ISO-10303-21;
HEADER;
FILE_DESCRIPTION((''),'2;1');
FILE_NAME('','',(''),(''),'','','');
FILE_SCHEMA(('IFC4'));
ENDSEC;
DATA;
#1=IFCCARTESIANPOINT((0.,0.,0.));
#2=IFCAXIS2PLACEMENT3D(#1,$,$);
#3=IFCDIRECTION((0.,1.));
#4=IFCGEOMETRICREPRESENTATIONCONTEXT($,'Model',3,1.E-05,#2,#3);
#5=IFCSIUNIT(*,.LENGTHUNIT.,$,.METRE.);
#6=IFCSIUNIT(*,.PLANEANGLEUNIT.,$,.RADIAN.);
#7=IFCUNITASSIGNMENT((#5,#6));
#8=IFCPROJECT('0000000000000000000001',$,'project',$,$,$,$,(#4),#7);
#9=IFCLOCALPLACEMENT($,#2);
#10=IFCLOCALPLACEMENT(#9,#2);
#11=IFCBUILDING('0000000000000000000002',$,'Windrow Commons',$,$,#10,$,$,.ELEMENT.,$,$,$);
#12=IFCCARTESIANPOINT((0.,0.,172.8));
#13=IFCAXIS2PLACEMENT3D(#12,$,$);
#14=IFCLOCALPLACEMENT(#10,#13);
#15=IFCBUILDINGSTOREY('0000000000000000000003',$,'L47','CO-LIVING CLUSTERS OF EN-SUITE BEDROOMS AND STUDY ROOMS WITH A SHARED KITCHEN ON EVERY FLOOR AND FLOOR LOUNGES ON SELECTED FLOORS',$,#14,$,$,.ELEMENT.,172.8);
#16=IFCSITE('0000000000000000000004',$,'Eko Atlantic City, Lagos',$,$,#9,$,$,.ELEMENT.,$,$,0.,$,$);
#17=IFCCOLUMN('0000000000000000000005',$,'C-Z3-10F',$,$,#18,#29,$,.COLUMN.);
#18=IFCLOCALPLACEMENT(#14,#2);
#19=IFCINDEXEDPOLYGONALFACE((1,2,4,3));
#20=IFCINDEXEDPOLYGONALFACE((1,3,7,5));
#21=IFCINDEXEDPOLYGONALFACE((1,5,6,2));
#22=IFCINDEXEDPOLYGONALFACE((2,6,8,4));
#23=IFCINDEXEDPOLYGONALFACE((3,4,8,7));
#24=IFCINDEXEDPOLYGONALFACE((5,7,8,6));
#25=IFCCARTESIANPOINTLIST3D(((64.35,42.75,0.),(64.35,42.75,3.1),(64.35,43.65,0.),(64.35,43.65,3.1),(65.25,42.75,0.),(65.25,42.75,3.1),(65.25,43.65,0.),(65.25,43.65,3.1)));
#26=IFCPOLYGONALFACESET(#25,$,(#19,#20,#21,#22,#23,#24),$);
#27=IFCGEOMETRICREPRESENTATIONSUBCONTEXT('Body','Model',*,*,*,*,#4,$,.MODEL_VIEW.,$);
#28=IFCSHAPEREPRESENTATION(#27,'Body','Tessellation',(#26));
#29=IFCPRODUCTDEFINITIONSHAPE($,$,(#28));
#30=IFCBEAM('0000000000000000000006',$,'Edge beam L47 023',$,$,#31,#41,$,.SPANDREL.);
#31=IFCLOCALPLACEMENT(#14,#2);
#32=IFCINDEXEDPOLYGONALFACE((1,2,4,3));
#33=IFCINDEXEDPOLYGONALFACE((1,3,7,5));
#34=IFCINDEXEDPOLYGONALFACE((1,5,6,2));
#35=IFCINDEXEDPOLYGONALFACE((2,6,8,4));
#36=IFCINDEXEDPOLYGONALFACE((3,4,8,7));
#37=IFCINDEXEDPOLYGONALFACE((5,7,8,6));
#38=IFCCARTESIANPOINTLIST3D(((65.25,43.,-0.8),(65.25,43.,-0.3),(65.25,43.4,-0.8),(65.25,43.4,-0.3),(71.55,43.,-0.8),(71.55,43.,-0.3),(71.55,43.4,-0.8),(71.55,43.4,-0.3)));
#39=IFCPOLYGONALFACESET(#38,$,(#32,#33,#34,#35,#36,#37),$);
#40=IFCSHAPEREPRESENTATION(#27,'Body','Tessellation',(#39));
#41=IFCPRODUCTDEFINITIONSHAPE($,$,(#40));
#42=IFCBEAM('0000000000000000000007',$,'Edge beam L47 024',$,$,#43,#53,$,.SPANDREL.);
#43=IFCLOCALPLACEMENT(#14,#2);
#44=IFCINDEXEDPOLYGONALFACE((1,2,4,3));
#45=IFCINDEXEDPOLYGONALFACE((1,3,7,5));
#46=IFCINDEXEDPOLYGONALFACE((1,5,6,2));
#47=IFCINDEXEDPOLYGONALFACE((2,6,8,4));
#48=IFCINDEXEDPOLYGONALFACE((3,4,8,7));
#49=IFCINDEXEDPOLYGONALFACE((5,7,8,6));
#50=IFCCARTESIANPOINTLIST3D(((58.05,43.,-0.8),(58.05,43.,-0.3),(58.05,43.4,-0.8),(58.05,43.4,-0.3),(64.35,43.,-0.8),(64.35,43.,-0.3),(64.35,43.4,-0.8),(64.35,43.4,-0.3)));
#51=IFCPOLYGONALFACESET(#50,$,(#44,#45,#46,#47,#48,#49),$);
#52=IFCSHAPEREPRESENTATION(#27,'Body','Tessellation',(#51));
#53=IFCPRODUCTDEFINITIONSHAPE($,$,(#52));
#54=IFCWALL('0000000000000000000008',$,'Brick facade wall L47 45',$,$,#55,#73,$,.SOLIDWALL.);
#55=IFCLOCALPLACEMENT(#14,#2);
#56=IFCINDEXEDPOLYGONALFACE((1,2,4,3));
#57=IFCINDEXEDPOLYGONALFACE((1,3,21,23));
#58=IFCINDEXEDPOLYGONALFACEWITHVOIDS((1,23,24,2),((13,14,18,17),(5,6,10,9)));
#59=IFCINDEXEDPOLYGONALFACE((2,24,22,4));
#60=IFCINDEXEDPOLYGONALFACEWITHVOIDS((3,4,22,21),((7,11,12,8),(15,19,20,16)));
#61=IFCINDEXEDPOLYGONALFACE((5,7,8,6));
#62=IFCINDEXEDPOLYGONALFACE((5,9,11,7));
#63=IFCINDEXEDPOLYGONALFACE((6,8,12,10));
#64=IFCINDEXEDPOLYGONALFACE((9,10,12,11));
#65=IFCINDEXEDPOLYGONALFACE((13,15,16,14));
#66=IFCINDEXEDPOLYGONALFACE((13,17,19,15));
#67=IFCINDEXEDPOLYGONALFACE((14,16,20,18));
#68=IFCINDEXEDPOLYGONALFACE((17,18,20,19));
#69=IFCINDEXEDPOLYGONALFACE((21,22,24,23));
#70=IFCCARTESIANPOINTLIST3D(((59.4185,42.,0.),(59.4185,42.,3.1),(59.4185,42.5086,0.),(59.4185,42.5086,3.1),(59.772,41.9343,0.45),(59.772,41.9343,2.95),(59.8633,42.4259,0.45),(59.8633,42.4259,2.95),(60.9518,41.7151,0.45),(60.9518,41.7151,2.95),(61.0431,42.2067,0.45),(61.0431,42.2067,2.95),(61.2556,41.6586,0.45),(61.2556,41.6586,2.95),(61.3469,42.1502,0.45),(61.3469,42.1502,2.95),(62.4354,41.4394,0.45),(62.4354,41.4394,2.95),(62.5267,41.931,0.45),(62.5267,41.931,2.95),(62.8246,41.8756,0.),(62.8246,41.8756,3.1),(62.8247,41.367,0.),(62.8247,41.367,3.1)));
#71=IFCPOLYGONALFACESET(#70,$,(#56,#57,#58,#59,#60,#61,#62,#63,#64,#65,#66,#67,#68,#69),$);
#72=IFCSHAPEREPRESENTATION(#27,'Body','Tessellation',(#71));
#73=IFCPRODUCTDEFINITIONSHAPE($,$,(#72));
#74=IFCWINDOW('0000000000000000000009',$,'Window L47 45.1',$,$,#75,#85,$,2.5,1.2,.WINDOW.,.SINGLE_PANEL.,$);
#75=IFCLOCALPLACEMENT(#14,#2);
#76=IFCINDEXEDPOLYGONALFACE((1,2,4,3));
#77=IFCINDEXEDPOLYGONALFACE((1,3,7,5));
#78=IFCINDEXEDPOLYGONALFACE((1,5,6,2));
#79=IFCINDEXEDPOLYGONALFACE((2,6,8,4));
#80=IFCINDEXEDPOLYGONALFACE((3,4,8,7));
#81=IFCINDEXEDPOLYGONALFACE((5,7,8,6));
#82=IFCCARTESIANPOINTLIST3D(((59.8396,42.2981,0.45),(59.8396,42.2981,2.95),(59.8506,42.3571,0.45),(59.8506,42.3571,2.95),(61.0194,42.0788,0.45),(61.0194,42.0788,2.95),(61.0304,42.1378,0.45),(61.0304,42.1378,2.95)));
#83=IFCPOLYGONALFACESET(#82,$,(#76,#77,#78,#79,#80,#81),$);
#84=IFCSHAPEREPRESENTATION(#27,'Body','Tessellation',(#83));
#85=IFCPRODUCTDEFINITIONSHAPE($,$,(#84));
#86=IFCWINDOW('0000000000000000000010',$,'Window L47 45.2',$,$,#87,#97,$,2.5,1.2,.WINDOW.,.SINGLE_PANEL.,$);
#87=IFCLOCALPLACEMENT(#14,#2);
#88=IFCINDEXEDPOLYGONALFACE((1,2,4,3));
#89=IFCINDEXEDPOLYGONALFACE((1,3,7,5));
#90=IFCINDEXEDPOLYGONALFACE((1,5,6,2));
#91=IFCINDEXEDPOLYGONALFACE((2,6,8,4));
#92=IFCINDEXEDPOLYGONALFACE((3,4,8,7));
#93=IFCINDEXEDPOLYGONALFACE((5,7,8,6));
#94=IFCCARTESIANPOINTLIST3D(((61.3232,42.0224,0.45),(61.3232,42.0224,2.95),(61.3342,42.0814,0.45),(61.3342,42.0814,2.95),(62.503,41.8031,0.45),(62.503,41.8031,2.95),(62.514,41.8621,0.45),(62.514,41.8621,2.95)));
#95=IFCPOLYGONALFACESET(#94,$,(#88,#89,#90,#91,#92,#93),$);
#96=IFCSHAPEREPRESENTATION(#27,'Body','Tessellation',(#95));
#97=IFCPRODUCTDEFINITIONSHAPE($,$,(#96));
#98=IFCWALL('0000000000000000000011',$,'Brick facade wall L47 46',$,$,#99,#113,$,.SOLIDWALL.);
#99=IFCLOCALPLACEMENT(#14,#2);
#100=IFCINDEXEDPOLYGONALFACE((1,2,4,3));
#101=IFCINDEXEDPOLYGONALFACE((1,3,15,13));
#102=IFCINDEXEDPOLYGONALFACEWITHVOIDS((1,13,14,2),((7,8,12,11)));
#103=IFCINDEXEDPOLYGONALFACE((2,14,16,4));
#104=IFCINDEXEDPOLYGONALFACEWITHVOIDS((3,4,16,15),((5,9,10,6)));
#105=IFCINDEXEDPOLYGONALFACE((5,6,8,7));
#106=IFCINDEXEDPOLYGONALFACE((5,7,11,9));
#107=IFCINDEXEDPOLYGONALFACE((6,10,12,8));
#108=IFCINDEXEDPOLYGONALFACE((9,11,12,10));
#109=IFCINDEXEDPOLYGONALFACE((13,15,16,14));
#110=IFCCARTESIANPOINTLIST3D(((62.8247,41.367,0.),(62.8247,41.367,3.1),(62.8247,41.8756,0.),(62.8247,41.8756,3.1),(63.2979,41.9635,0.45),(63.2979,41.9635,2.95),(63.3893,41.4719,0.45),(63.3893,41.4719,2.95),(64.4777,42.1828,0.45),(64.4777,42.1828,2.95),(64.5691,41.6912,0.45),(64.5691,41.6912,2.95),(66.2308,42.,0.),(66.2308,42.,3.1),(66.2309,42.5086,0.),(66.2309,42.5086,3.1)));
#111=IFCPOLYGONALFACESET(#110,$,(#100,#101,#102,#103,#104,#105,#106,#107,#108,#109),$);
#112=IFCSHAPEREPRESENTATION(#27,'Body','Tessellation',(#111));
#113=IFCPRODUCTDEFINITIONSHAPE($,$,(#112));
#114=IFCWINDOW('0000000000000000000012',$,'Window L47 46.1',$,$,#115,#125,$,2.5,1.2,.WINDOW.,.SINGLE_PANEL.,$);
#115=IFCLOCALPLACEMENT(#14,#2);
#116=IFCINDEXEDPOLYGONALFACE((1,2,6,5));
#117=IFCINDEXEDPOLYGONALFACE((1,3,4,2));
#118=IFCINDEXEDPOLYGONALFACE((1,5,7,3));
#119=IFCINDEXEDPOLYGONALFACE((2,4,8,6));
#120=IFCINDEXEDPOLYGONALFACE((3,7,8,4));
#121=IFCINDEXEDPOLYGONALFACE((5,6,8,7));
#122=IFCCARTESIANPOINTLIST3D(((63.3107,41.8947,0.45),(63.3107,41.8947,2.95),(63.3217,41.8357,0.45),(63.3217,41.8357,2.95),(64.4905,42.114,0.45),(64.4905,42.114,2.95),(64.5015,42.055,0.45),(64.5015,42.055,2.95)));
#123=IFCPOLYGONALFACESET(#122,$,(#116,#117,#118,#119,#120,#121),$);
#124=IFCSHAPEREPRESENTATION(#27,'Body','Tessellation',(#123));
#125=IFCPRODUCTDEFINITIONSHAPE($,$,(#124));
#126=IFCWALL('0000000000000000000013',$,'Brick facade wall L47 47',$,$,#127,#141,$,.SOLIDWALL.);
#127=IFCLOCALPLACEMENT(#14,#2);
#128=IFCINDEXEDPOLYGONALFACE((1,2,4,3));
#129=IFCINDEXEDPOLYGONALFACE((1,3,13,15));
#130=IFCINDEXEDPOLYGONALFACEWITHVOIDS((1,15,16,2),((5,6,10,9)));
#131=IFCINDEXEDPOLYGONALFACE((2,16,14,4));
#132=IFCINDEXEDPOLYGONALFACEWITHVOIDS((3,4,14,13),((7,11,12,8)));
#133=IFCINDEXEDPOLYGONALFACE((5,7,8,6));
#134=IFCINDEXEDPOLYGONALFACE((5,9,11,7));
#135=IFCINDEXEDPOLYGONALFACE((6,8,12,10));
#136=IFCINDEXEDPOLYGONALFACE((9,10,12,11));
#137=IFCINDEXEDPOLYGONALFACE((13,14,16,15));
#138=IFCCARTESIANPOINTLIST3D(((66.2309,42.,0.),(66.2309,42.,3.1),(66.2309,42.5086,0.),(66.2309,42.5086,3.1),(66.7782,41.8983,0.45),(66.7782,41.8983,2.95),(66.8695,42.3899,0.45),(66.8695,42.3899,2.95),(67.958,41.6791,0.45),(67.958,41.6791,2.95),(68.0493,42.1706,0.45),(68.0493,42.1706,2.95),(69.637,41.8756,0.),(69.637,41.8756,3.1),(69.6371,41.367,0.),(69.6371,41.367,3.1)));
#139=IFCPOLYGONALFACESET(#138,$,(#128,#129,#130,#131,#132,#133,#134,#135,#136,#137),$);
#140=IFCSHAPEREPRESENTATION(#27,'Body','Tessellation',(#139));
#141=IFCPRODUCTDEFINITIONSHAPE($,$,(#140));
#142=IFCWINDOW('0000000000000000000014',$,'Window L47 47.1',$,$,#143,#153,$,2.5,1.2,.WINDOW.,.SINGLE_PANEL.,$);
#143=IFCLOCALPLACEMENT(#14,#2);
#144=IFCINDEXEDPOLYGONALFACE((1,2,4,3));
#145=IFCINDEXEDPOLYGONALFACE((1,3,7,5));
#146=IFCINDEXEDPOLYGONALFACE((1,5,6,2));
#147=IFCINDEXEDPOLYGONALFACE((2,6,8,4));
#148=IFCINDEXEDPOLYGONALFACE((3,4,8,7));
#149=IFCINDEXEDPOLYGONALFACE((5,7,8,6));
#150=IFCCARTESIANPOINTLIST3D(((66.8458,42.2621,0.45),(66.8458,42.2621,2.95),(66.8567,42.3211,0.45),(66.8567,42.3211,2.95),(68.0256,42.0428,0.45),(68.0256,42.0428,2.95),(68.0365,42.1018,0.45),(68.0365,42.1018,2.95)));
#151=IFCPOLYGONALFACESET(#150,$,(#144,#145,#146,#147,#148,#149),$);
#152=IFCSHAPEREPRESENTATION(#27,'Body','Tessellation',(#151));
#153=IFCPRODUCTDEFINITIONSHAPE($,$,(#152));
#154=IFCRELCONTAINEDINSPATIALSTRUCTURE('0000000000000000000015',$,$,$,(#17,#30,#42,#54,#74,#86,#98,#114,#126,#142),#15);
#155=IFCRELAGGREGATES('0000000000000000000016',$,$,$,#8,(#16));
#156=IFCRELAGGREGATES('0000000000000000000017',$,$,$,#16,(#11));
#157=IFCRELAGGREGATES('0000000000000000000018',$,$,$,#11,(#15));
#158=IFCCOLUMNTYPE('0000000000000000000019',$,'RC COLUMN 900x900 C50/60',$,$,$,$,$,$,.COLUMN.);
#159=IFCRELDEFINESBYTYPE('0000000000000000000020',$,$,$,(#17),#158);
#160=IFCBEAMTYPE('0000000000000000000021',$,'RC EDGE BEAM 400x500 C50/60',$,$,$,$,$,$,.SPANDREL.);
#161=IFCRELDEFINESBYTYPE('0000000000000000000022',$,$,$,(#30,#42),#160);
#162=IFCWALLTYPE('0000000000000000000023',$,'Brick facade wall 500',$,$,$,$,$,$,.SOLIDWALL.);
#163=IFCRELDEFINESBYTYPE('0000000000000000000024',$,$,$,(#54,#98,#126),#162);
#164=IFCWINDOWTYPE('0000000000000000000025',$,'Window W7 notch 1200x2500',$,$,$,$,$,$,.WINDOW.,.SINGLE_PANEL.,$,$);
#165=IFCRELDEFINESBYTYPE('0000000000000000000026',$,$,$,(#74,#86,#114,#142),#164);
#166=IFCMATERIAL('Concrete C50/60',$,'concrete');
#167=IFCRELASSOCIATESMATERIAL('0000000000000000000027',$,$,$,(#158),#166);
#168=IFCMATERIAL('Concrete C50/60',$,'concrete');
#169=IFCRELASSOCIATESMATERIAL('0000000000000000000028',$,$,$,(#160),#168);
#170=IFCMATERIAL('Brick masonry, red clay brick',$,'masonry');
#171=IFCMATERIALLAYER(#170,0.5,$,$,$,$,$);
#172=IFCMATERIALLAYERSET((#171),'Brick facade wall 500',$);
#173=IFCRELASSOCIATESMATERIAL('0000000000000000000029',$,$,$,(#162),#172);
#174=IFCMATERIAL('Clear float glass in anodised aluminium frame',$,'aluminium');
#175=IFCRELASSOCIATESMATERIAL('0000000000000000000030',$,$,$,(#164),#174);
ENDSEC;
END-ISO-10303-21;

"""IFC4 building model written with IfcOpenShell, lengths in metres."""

from ifc_helpers import new_model, si_unit, direction, frame, frame_2d, origin, origin_2d, place, context, subcontext, project, spatial, polyline, rectangle, outline, extrude, material, layer, layer_set, material_profile, profile_set, type_object, element, fill, save


model = new_model("IFC4")

# Units and contexts
model_context = context("Model", 3, precision=1e-05, world=origin(), true_north=direction((0.0, 1.0)))
body_context = subcontext(model_context, "Body", "Model", "MODEL_VIEW")
ifc_project = project(units=[si_unit("LENGTHUNIT", "METRE"), si_unit("PLANEANGLEUNIT", "RADIAN")], contexts=[model_context])

# Site, building, storey
site_placement = place(None, origin())
site = spatial("IfcSite", under=ifc_project, at=site_placement, Name="Eko Atlantic City, Lagos", CompositionType="ELEMENT", RefElevation=0.0)
building_placement = place(site_placement, origin())
building = spatial("IfcBuilding", under=site, at=building_placement, Name="Windrow Commons", CompositionType="ELEMENT")
storey_placement = place(building_placement, frame((0.0, 0.0, 172.8)))
storey = spatial("IfcBuildingStorey", under=building, at=storey_placement, Name="L47", Description="CO-LIVING CLUSTERS OF EN-SUITE BEDROOMS AND STUDY ROOMS WITH A SHARED KITCHEN ON EVERY FLOOR AND FLOOR LOUNGES ON SELECTED FLOORS", CompositionType="ELEMENT", Elevation=172.8)

# Column
ifc_material_1 = material(Name="Concrete C50/60", Category="concrete")
ifc_material_profile_1 = material_profile(ifc_material_1, rectangle(XDim=0.9, YDim=0.9, at=origin_2d()))
ifc_profile_set_1 = profile_set([ifc_material_profile_1], Name="Concrete C50/60")
column_type = type_object("IfcColumnType", Name="RC COLUMN 900x900 C50/60", PredefinedType="COLUMN", material=ifc_profile_set_1)
column_placement = place(storey_placement, frame((64.8, 43.2, 0.0), z_axis=(0.0, 0.0, 1.0), x_axis=(1.0, 0.0, 0.0)))
element("IfcColumn", 1, at=column_placement, inside=storey, type_object=column_type, Name="C-Z3-10F", PredefinedType="COLUMN", context=body_context, shape_type="SweptSolid", body=[
    extrude(rectangle(XDim=0.9, YDim=0.9, at=origin_2d()), origin(), (0.0, 0.0, 1.0), 3.1),
])

# Beams
ifc_material_2 = material(Name="Concrete C50/60", Category="concrete")
ifc_material_profile_2 = material_profile(ifc_material_2, rectangle(XDim=0.4, YDim=0.5, at=origin_2d()))
ifc_profile_set_2 = profile_set([ifc_material_profile_2], Name="Concrete C50/60")
beam_type = type_object("IfcBeamType", Name="RC EDGE BEAM 400x500 C50/60", PredefinedType="SPANDREL", material=ifc_profile_set_2)
for number, where, z_axis, x_axis, name in (
    (2, (71.55, 43.2, -0.55), (-1.0, 0.0, 0.0), (0.0, -1.0, 0.0), "Edge beam L47 023"),
    (3, (64.35, 43.2, -0.55), (-1.0, 0.0, 0.0), (0.0, -1.0, 0.0), "Edge beam L47 024"),
):
    element("IfcBeam", number, at=place(storey_placement, frame(where, z_axis=z_axis, x_axis=x_axis)), inside=storey, type_object=beam_type, Name=name, PredefinedType="SPANDREL", context=body_context, shape_type="SweptSolid", body=[
        extrude(rectangle(XDim=0.4, YDim=0.5, at=origin_2d()), origin(), (0.0, 0.0, 1.0), 6.3),
    ])

# Wall, openings, windows
ifc_material_3 = material(Name="Brick masonry, red clay brick", Category="masonry")
ifc_layer_1 = layer(ifc_material_3, 0.5)
ifc_layer_set_1 = layer_set([ifc_layer_1], Name="Brick facade wall 500")
wall_type_1 = type_object("IfcWallType", Name="Brick facade wall 500", PredefinedType="SOLIDWALL", material=ifc_layer_set_1)
wall_1_placement = place(storey_placement, frame((59.4185, 42.2543, 0.0), z_axis=(0.0, 0.0, 1.0), x_axis=(0.983167, -0.182709, 0.0)))
wall_1 = element("IfcWall", 4, at=wall_1_placement, inside=storey, type_object=wall_type_1, Name="Brick facade wall L47 45", PredefinedType="SOLIDWALL", context=body_context, shape_type="SweptSolid", body=[
    extrude(outline(polyline([(0.0465, -0.25), (3.511, -0.25), (3.418, 0.25), (-0.0465, 0.25), (0.0465, -0.25)])), origin(), (0.0, 0.0, 1.0), 3.1),
])
opening_1_placement = place(wall_1_placement, frame((0.406, 0.0, 0.45)))
opening_1 = element("IfcOpeningElement", 5, at=opening_1_placement, cuts=wall_1, PredefinedType="OPENING", context=body_context, shape_type="SweptSolid", body=[
    extrude(rectangle(XDim=1.2, YDim=2.5, at=frame_2d((0.6, 1.25))), frame((0.0, 0.26, 0.0), z_axis=(0.0, -1.0, 0.0), x_axis=(1.0, 0.0, 0.0)), (0.0, 0.0, 1.0), 0.52),
])
opening_2_placement = place(wall_1_placement, frame((1.915, 0.0, 0.45)))
opening_2 = element("IfcOpeningElement", 6, at=opening_2_placement, cuts=wall_1, PredefinedType="OPENING", context=body_context, shape_type="SweptSolid", body=[
    extrude(rectangle(XDim=1.2, YDim=2.5, at=frame_2d((0.6, 1.25))), frame((0.0, 0.26, 0.0), z_axis=(0.0, -1.0, 0.0), x_axis=(1.0, 0.0, 0.0)), (0.0, 0.0, 1.0), 0.52),
])
ifc_material_4 = material(Name="Clear float glass in anodised aluminium frame", Category="aluminium")
window_type = type_object("IfcWindowType", Name="Window W7 notch 1200x2500", PartitioningType="SINGLE_PANEL", PredefinedType="WINDOW", material=ifc_material_4)
window_1_placement = place(opening_1_placement, origin())
window_1 = element("IfcWindow", 7, at=window_1_placement, inside=storey, type_object=window_type, Name="Window L47 45.1", OverallHeight=2.5, OverallWidth=1.2, PartitioningType="SINGLE_PANEL", PredefinedType="WINDOW", context=body_context, shape_type="SweptSolid", body=[
    extrude(rectangle(XDim=1.2, YDim=2.5, at=frame_2d((0.6, 1.25))), frame((0.0, 0.18, 0.0), z_axis=(0.0, -1.0, 0.0), x_axis=(1.0, 0.0, 0.0)), (0.0, 0.0, 1.0), 0.06),
])
fill(opening_1, window_1)
window_2_placement = place(opening_2_placement, origin())
window_2 = element("IfcWindow", 8, at=window_2_placement, inside=storey, type_object=window_type, Name="Window L47 45.2", OverallHeight=2.5, OverallWidth=1.2, PartitioningType="SINGLE_PANEL", PredefinedType="WINDOW", context=body_context, shape_type="SweptSolid", body=[
    extrude(rectangle(XDim=1.2, YDim=2.5, at=frame_2d((0.6, 1.25))), frame((0.0, 0.18, 0.0), z_axis=(0.0, -1.0, 0.0), x_axis=(1.0, 0.0, 0.0)), (0.0, 0.0, 1.0), 0.06),
])
fill(opening_2, window_2)

# Walls, openings, windows
wall_2_placement = place(storey_placement, frame((62.8247, 41.6213, 0.0), z_axis=(0.0, 0.0, 1.0), x_axis=(0.983167, 0.182709, 0.0)))
wall_2 = element("IfcWall", 9, at=wall_2_placement, inside=storey, type_object=wall_type_1, Name="Brick facade wall L47 46", PredefinedType="SOLIDWALL", context=body_context, shape_type="SweptSolid", body=[
    extrude(outline(polyline([(-0.0465, -0.25), (3.418, -0.25), (3.511, 0.25), (0.0465, 0.25), (-0.0465, -0.25)])), origin(), (0.0, 0.0, 1.0), 3.1),
])
opening_3_placement = place(wall_2_placement, frame((0.5278, 0.0, 0.45)))
opening_3 = element("IfcOpeningElement", 10, at=opening_3_placement, cuts=wall_2, PredefinedType="OPENING", context=body_context, shape_type="SweptSolid", body=[
    extrude(rectangle(XDim=1.2, YDim=2.5, at=frame_2d((0.6, 1.25))), frame((0.0, 0.26, 0.0), z_axis=(0.0, -1.0, 0.0), x_axis=(1.0, 0.0, 0.0)), (0.0, 0.0, 1.0), 0.52),
])
window_3_placement = place(opening_3_placement, origin())
window_3 = element("IfcWindow", 11, at=window_3_placement, inside=storey, type_object=window_type, Name="Window L47 46.1", OverallHeight=2.5, OverallWidth=1.2, PartitioningType="SINGLE_PANEL", PredefinedType="WINDOW", context=body_context, shape_type="SweptSolid", body=[
    extrude(rectangle(XDim=1.2, YDim=2.5, at=frame_2d((0.6, 1.25))), frame((0.0, 0.18, 0.0), z_axis=(0.0, -1.0, 0.0), x_axis=(1.0, 0.0, 0.0)), (0.0, 0.0, 1.0), 0.06),
])
fill(opening_3, window_3)
wall_3_placement = place(storey_placement, frame((66.2309, 42.2543, 0.0), z_axis=(0.0, 0.0, 1.0), x_axis=(0.983167, -0.182709, 0.0)))
wall_3 = element("IfcWall", 12, at=wall_3_placement, inside=storey, type_object=wall_type_1, Name="Brick facade wall L47 47", PredefinedType="SOLIDWALL", context=body_context, shape_type="SweptSolid", body=[
    extrude(outline(polyline([(0.0465, -0.25), (3.511, -0.25), (3.418, 0.25), (-0.0465, 0.25), (0.0465, -0.25)])), origin(), (0.0, 0.0, 1.0), 3.1),
])
opening_4_placement = place(wall_3_placement, frame((0.6031, 0.0, 0.45)))
opening_4 = element("IfcOpeningElement", 13, at=opening_4_placement, cuts=wall_3, PredefinedType="OPENING", context=body_context, shape_type="SweptSolid", body=[
    extrude(rectangle(XDim=1.2, YDim=2.5, at=frame_2d((0.6, 1.25))), frame((0.0, 0.26, 0.0), z_axis=(0.0, -1.0, 0.0), x_axis=(1.0, 0.0, 0.0)), (0.0, 0.0, 1.0), 0.52),
])
window_4_placement = place(opening_4_placement, origin())
window_4 = element("IfcWindow", 14, at=window_4_placement, inside=storey, type_object=window_type, Name="Window L47 47.1", OverallHeight=2.5, OverallWidth=1.2, PartitioningType="SINGLE_PANEL", PredefinedType="WINDOW", context=body_context, shape_type="SweptSolid", body=[
    extrude(rectangle(XDim=1.2, YDim=2.5, at=frame_2d((0.6, 1.25))), frame((0.0, 0.18, 0.0), z_axis=(0.0, -1.0, 0.0), x_axis=(1.0, 0.0, 0.0)), (0.0, 0.0, 1.0), 0.06),
])
fill(opening_4, window_4)

save(model, "model.ifc")
